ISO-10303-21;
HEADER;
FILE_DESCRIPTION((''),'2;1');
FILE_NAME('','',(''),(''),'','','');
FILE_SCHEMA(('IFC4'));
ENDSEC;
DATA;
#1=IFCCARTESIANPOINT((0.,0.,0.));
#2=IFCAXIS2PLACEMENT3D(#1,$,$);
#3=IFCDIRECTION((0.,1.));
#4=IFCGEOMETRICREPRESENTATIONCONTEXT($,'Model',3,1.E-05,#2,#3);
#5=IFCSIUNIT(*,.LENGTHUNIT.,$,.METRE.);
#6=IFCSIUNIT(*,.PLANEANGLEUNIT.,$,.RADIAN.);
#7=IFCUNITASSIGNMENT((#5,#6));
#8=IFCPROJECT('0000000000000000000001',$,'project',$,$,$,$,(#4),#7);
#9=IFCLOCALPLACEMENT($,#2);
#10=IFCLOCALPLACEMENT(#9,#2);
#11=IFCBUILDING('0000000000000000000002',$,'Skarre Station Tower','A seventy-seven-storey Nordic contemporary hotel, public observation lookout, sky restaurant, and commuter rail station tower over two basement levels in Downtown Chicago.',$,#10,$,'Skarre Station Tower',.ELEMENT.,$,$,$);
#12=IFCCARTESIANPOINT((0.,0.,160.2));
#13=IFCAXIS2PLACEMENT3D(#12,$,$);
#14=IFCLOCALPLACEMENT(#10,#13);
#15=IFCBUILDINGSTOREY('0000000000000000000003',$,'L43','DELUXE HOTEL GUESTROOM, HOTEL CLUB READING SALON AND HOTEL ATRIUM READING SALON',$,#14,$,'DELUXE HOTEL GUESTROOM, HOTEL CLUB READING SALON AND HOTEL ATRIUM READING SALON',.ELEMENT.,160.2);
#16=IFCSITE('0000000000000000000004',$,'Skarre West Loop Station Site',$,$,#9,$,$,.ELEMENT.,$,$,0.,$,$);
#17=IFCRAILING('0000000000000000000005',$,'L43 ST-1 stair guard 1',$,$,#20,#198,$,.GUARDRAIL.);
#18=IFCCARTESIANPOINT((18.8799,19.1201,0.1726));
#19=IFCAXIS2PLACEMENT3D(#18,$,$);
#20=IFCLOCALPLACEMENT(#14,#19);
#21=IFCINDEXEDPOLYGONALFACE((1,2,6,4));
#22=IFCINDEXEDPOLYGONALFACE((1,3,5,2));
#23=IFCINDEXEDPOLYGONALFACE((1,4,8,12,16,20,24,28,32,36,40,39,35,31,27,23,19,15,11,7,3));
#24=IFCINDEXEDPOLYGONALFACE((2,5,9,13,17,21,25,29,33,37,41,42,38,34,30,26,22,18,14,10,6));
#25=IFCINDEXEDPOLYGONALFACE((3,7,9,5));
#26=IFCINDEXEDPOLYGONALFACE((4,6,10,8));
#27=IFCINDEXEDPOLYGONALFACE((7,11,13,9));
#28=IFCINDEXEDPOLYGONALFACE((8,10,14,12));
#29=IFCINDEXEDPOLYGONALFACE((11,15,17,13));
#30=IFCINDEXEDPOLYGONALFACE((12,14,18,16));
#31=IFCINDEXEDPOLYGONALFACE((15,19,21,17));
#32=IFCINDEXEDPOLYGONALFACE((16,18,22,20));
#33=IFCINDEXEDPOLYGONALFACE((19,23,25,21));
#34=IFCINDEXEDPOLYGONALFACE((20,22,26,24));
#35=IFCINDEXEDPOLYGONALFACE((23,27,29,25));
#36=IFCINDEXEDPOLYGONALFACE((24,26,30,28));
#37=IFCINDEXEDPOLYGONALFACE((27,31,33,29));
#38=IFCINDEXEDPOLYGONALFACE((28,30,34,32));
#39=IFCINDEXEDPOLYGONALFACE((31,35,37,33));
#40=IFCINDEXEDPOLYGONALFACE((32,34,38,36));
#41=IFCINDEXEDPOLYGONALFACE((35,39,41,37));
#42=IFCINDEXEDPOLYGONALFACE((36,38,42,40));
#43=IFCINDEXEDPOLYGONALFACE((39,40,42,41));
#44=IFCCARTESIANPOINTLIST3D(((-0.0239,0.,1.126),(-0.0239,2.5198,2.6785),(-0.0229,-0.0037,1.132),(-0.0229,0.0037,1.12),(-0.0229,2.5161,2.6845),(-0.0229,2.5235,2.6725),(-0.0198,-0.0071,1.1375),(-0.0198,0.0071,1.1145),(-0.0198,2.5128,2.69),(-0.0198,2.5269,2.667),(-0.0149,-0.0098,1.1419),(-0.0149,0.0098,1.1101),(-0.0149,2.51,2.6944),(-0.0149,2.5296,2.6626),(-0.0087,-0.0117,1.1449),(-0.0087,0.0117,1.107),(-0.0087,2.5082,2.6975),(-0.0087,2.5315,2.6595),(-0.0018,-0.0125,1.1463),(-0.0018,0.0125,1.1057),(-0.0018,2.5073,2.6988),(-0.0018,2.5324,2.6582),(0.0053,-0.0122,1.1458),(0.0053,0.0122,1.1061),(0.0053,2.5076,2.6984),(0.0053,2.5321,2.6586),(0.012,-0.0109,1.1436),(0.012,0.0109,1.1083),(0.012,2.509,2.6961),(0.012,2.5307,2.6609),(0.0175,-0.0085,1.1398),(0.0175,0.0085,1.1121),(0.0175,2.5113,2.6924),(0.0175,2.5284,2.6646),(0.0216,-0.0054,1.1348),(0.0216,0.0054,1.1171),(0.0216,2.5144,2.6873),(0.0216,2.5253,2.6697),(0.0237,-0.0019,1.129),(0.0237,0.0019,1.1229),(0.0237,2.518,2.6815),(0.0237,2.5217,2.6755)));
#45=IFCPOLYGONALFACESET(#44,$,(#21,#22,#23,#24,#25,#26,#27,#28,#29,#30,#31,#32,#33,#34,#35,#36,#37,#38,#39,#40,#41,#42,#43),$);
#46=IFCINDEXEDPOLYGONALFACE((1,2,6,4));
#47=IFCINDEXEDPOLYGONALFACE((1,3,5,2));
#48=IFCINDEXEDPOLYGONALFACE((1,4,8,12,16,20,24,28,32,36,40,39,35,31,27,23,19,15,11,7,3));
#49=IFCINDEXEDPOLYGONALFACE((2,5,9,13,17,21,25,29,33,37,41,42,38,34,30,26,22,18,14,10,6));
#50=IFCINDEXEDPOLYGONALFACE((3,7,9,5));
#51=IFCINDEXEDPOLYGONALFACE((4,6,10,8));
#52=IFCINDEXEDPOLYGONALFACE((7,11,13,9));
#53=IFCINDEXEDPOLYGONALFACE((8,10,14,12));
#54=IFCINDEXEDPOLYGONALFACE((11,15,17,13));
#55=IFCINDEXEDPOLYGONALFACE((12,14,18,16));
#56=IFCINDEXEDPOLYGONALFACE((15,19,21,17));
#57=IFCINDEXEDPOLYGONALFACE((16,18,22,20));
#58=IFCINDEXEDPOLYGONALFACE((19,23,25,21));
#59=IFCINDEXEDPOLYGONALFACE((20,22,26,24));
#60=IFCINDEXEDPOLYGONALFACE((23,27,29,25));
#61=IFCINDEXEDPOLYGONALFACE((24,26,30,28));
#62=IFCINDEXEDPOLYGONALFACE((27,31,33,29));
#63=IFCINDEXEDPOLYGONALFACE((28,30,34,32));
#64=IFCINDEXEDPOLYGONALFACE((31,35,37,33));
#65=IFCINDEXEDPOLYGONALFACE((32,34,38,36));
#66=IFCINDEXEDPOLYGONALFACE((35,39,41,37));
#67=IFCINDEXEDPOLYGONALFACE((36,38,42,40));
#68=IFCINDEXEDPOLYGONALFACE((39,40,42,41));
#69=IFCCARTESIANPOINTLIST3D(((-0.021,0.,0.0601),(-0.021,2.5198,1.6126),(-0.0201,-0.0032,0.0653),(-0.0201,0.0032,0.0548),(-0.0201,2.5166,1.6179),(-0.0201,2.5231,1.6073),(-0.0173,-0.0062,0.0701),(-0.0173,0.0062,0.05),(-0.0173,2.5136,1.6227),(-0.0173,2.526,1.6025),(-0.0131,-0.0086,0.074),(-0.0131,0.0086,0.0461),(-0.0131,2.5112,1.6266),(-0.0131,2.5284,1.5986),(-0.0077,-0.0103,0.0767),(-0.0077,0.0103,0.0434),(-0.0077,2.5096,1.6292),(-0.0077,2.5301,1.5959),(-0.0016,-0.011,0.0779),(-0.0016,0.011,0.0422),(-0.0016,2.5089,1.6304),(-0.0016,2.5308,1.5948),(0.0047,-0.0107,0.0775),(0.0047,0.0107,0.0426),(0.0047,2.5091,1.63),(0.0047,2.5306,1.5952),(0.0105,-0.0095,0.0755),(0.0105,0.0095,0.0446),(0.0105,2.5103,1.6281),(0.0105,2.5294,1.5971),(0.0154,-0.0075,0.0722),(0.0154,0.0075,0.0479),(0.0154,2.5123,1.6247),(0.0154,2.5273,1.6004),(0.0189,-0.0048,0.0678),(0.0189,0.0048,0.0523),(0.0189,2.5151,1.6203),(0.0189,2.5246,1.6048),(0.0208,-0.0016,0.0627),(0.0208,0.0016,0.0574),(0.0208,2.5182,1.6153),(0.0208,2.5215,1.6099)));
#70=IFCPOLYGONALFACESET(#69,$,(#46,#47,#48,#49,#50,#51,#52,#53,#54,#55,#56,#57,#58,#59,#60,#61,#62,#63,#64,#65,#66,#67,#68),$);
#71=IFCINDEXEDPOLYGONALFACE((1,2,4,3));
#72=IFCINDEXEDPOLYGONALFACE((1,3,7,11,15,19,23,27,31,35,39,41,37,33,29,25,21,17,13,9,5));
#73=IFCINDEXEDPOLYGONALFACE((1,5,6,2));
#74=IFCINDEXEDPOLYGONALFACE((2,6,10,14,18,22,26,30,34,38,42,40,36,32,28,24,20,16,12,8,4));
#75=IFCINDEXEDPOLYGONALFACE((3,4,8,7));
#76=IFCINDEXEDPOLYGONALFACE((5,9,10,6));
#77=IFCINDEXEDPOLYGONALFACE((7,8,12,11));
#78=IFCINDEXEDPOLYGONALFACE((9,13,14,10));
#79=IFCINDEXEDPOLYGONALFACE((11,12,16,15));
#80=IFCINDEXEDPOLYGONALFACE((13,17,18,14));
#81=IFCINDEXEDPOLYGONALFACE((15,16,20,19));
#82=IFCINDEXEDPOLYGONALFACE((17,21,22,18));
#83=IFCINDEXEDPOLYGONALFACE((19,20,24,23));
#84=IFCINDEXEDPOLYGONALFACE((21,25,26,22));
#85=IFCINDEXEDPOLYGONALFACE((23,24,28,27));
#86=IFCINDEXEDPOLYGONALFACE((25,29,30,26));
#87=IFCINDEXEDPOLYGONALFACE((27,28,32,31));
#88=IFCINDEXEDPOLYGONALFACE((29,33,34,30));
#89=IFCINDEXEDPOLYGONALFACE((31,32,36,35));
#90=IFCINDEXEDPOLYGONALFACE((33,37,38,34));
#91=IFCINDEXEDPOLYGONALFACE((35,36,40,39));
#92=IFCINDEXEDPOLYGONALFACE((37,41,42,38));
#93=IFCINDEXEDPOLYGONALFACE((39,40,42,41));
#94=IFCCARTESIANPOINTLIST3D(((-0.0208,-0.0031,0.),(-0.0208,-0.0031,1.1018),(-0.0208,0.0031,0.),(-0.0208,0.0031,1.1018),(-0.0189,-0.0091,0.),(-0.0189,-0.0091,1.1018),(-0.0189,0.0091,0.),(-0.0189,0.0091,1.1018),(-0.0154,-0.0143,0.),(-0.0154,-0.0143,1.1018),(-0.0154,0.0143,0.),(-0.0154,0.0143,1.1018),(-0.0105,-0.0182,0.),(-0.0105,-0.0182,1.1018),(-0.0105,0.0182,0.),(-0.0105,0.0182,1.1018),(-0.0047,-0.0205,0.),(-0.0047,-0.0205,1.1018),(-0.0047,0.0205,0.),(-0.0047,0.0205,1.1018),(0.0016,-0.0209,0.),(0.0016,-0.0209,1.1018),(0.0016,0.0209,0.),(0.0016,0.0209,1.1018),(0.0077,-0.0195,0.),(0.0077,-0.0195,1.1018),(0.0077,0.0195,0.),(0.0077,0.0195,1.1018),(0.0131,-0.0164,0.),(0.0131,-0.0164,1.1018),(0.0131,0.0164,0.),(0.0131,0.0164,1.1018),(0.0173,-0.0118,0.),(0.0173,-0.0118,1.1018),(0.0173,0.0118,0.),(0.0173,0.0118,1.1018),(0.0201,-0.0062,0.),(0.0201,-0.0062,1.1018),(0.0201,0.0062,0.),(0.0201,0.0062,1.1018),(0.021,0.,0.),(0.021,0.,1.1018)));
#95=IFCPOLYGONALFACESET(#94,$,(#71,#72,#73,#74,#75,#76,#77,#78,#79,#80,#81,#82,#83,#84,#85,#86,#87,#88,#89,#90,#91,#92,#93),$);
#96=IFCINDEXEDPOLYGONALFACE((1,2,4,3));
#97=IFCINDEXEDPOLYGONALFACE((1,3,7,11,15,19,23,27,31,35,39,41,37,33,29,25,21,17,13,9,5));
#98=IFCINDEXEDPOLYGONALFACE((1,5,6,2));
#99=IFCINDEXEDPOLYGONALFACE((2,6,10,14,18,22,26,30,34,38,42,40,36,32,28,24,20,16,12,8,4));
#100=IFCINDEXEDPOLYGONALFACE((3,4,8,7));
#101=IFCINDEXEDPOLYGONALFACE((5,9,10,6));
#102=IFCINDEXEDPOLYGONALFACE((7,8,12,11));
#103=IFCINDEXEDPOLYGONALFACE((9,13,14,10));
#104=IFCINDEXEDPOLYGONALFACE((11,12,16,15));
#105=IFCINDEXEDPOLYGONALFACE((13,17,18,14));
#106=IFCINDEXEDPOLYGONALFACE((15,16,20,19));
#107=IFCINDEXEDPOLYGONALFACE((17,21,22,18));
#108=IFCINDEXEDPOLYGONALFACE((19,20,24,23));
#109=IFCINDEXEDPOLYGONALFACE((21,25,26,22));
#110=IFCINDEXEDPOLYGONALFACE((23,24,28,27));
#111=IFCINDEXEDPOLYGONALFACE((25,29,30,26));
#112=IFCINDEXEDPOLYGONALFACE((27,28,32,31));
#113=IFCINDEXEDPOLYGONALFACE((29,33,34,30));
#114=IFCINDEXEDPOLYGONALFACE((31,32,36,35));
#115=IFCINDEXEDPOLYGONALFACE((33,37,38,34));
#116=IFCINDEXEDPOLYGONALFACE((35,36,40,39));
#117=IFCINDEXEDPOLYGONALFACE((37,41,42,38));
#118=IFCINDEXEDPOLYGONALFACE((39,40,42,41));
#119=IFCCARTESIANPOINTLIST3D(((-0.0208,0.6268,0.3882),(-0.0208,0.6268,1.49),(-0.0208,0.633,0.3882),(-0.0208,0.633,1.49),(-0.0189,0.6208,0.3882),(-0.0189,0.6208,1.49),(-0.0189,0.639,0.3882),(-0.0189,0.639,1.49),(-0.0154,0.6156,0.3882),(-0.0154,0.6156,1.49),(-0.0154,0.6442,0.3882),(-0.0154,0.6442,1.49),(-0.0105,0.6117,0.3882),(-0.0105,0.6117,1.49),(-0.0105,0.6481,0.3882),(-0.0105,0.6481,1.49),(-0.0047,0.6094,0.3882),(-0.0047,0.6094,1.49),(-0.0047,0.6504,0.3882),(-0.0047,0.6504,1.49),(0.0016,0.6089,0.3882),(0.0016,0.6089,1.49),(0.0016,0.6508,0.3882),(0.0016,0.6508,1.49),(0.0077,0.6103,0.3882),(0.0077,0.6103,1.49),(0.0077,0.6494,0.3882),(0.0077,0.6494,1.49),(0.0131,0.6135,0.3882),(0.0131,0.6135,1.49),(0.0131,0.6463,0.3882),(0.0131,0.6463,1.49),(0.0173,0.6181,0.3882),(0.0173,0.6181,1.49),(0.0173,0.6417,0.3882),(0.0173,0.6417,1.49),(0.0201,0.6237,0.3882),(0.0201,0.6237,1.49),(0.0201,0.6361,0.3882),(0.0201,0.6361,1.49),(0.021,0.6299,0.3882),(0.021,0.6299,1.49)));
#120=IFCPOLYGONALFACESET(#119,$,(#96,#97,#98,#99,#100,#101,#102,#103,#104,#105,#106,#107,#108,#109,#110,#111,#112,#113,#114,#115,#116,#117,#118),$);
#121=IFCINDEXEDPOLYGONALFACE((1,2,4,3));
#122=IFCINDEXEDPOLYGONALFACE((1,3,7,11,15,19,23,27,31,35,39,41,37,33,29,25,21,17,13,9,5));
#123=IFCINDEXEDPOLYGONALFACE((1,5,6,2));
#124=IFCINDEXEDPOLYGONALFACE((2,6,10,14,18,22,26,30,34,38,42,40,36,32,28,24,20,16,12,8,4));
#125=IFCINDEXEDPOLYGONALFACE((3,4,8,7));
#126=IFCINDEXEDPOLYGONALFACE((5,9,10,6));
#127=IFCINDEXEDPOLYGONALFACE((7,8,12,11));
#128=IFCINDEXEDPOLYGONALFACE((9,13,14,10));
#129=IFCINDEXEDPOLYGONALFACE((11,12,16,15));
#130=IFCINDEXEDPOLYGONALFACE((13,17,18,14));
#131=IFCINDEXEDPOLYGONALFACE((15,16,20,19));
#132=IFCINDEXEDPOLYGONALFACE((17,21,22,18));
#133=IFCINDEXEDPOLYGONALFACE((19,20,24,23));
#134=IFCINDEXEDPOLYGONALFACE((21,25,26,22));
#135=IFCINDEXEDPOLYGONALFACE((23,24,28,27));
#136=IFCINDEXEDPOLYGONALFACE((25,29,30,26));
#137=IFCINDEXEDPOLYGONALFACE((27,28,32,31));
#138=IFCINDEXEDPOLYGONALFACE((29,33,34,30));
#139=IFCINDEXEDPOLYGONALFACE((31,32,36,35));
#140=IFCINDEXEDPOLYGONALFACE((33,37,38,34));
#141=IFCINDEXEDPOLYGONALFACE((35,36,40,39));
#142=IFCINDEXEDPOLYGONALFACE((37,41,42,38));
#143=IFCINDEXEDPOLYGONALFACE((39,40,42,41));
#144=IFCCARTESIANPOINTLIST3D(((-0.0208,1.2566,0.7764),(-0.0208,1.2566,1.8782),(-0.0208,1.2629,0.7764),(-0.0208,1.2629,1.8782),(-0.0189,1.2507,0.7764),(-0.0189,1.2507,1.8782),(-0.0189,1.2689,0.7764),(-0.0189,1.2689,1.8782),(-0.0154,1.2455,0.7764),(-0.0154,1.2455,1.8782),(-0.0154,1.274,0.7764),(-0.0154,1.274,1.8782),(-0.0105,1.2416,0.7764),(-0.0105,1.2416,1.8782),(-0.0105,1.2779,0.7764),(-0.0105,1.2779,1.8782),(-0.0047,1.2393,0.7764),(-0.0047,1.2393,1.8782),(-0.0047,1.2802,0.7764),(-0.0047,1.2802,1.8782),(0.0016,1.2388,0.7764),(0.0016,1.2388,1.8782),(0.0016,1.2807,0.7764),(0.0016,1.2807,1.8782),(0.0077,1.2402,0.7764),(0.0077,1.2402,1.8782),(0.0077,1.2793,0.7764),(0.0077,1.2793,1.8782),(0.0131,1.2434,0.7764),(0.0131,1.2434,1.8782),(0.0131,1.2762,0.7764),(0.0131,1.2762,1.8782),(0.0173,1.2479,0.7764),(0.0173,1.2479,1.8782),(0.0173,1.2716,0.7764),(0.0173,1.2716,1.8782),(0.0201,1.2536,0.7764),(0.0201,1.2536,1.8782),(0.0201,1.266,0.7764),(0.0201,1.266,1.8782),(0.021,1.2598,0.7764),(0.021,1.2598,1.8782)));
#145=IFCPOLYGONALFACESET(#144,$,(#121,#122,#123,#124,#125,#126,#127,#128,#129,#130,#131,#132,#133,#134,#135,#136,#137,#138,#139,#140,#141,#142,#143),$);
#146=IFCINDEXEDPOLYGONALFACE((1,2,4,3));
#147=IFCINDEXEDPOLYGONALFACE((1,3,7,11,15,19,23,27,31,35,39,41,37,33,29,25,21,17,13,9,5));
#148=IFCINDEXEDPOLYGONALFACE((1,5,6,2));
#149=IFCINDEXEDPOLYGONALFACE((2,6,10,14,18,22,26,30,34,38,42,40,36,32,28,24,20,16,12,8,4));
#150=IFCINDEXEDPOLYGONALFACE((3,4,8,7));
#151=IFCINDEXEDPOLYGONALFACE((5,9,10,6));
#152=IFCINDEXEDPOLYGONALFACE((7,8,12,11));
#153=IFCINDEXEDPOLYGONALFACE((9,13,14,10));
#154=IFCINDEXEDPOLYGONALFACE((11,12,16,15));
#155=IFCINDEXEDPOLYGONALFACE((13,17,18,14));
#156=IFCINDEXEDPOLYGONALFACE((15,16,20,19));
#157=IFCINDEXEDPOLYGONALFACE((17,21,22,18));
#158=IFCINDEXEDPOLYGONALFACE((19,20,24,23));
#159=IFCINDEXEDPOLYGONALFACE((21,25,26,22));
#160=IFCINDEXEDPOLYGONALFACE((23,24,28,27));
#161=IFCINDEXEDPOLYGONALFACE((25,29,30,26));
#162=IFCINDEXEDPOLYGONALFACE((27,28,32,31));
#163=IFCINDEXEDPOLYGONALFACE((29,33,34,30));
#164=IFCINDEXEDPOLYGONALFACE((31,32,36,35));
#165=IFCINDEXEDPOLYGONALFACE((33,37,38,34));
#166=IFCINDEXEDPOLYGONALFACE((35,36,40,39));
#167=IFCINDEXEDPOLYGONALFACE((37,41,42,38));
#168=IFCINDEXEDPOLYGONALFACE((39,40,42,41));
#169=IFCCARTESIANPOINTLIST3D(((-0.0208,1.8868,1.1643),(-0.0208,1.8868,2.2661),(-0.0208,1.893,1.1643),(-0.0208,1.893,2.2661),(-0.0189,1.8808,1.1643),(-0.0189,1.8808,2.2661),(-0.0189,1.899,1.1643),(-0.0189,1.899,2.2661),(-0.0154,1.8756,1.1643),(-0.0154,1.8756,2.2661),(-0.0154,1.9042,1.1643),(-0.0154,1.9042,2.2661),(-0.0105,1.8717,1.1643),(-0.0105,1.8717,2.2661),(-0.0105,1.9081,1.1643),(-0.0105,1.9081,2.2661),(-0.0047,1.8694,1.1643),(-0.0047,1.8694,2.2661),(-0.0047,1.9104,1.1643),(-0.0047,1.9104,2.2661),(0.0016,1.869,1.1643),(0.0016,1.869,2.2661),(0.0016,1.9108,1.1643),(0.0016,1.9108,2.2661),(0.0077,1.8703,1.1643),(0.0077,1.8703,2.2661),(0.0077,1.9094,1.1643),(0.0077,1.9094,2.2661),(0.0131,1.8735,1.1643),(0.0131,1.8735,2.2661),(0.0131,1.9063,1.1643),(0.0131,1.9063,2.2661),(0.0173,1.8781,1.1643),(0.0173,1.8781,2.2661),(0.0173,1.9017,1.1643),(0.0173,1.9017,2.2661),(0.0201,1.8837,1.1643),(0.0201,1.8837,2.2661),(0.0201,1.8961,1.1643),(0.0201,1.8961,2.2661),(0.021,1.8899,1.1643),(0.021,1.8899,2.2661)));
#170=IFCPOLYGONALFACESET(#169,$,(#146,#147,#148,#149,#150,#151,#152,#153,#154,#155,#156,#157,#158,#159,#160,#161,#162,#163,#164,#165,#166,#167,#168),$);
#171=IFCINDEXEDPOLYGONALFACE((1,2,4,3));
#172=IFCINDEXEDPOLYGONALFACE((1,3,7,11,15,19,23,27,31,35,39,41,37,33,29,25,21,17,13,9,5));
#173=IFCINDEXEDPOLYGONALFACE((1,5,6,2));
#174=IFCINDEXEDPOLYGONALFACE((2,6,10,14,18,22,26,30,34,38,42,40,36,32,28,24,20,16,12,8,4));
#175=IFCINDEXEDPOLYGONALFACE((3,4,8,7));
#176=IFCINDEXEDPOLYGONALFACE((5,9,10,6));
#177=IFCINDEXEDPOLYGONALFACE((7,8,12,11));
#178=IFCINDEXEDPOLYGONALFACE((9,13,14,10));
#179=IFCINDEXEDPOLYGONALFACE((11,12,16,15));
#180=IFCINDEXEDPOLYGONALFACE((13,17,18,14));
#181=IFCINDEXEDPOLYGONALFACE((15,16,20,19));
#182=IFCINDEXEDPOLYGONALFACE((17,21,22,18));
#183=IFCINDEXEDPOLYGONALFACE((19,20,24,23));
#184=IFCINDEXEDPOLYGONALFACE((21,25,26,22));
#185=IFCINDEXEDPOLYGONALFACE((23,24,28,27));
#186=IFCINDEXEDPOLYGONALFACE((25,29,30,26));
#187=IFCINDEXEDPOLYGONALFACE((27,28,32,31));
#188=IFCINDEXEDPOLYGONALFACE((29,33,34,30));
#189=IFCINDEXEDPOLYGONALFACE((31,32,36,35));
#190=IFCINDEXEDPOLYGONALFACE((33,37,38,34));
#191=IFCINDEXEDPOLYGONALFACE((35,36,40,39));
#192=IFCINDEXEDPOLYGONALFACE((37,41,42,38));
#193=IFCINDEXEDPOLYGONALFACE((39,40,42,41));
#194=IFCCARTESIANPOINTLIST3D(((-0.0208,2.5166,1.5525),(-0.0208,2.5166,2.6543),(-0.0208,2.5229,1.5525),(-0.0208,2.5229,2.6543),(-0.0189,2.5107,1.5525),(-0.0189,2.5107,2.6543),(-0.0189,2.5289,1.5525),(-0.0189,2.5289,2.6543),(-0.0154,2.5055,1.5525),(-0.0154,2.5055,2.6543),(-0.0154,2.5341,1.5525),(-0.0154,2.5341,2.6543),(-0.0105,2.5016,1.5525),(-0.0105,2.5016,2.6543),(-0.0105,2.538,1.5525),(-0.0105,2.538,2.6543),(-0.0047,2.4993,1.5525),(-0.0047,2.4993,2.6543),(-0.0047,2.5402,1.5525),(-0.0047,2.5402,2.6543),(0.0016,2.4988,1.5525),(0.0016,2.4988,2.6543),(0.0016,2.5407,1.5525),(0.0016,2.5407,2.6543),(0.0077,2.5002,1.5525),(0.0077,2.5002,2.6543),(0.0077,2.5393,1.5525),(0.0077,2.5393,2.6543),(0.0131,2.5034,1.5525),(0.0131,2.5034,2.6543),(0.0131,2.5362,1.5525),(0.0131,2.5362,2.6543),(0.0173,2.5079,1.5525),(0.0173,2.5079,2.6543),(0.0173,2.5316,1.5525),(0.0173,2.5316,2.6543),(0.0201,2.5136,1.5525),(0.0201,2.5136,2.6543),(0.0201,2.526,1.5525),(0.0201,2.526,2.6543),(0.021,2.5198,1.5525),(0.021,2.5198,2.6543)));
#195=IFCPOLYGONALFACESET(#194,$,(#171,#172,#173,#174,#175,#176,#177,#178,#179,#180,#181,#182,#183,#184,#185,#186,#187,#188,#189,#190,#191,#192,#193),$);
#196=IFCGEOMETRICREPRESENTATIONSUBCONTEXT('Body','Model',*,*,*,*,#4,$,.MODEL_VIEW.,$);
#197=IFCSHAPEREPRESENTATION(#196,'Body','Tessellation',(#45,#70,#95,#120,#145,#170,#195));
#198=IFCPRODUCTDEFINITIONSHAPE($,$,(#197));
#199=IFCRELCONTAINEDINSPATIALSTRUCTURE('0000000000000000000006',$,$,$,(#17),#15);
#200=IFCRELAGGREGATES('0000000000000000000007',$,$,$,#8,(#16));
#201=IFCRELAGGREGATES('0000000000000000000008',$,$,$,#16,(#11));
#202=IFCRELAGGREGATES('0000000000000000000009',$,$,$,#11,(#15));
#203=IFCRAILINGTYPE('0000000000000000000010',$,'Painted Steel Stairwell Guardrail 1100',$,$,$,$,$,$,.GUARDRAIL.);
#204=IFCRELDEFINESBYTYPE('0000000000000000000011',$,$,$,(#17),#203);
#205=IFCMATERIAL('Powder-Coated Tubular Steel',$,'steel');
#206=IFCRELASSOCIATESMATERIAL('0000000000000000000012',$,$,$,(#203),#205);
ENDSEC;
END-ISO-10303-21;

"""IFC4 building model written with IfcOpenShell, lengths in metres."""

from ifc_helpers import new_model, si_unit, direction, frame, origin, origin_2d, place, context, subcontext, project, spatial, circle, extrude, material, type_object, element, save


model = new_model("IFC4")

# Units and contexts
model_context = context("Model", 3, precision=1e-05, world=origin(), true_north=direction((0.0, 1.0)))
body_context = subcontext(model_context, "Body", "Model", "MODEL_VIEW")
ifc_project = project(units=[si_unit("LENGTHUNIT", "METRE"), si_unit("PLANEANGLEUNIT", "RADIAN")], contexts=[model_context])

# Site, building, storey
site_placement = place(None, origin())
site = spatial("IfcSite", under=ifc_project, at=site_placement, Name="Skarre West Loop Station Site", CompositionType="ELEMENT", RefElevation=0.0)
building_placement = place(site_placement, origin())
building = spatial("IfcBuilding", under=site, at=building_placement, Name="Skarre Station Tower", Description="A seventy-seven-storey Nordic contemporary hotel, public observation lookout, sky restaurant, and commuter rail station tower over two basement levels in Downtown Chicago.", LongName="Skarre Station Tower", CompositionType="ELEMENT")
storey_placement = place(building_placement, frame((0.0, 0.0, 160.2)))
storey = spatial("IfcBuildingStorey", under=building, at=storey_placement, Name="L43", Description="DELUXE HOTEL GUESTROOM, HOTEL CLUB READING SALON AND HOTEL ATRIUM READING SALON", LongName="DELUXE HOTEL GUESTROOM, HOTEL CLUB READING SALON AND HOTEL ATRIUM READING SALON", CompositionType="ELEMENT", Elevation=160.2)

# Railing
ifc_material_1 = material(Name="Powder-Coated Tubular Steel", Category="steel")
railing_type_1 = type_object("IfcRailingType", Name="Painted Steel Stairwell Guardrail 1100", PredefinedType="GUARDRAIL", material=ifc_material_1)
railing_1_placement = place(storey_placement, frame((18.8799, 19.1201, 0.1726)))
element("IfcRailing", 1, at=railing_1_placement, inside=storey, type_object=railing_type_1, Name="L43 ST-1 stair guard 1", PredefinedType="GUARDRAIL", context=body_context, shape_type="SweptSolid", body=[
    extrude(circle(Radius=0.0239, at=origin_2d()), frame((0.0, 0.0, 1.126), z_axis=(0.0, 0.851378, 0.524553), x_axis=(-1.0, 0.0, 0.0)), (0.0, 0.0, 1.0), 2.9597),
    extrude(circle(Radius=0.021, at=origin_2d()), frame((0.0, 0.0, 0.0601), z_axis=(0.0, 0.851378, 0.524553), x_axis=(-1.0, 0.0, 0.0)), (0.0, 0.0, 1.0), 2.9597),
    extrude(circle(Radius=0.021, at=origin_2d()), origin(), (0.0, 0.0, 1.0), 1.1018),
    extrude(circle(Radius=0.021, at=origin_2d()), frame((0.0, 0.6299, 0.3882)), (0.0, 0.0, 1.0), 1.1018),
    extrude(circle(Radius=0.021, at=origin_2d()), frame((0.0, 1.2598, 0.7764)), (0.0, 0.0, 1.0), 1.1018),
    extrude(circle(Radius=0.021, at=origin_2d()), frame((0.0, 1.8899, 1.1643)), (0.0, 0.0, 1.0), 1.1018),
    extrude(circle(Radius=0.021, at=origin_2d()), frame((0.0, 2.5198, 1.5525)), (0.0, 0.0, 1.0), 1.1018),
])

save(model, "model.ifc")
